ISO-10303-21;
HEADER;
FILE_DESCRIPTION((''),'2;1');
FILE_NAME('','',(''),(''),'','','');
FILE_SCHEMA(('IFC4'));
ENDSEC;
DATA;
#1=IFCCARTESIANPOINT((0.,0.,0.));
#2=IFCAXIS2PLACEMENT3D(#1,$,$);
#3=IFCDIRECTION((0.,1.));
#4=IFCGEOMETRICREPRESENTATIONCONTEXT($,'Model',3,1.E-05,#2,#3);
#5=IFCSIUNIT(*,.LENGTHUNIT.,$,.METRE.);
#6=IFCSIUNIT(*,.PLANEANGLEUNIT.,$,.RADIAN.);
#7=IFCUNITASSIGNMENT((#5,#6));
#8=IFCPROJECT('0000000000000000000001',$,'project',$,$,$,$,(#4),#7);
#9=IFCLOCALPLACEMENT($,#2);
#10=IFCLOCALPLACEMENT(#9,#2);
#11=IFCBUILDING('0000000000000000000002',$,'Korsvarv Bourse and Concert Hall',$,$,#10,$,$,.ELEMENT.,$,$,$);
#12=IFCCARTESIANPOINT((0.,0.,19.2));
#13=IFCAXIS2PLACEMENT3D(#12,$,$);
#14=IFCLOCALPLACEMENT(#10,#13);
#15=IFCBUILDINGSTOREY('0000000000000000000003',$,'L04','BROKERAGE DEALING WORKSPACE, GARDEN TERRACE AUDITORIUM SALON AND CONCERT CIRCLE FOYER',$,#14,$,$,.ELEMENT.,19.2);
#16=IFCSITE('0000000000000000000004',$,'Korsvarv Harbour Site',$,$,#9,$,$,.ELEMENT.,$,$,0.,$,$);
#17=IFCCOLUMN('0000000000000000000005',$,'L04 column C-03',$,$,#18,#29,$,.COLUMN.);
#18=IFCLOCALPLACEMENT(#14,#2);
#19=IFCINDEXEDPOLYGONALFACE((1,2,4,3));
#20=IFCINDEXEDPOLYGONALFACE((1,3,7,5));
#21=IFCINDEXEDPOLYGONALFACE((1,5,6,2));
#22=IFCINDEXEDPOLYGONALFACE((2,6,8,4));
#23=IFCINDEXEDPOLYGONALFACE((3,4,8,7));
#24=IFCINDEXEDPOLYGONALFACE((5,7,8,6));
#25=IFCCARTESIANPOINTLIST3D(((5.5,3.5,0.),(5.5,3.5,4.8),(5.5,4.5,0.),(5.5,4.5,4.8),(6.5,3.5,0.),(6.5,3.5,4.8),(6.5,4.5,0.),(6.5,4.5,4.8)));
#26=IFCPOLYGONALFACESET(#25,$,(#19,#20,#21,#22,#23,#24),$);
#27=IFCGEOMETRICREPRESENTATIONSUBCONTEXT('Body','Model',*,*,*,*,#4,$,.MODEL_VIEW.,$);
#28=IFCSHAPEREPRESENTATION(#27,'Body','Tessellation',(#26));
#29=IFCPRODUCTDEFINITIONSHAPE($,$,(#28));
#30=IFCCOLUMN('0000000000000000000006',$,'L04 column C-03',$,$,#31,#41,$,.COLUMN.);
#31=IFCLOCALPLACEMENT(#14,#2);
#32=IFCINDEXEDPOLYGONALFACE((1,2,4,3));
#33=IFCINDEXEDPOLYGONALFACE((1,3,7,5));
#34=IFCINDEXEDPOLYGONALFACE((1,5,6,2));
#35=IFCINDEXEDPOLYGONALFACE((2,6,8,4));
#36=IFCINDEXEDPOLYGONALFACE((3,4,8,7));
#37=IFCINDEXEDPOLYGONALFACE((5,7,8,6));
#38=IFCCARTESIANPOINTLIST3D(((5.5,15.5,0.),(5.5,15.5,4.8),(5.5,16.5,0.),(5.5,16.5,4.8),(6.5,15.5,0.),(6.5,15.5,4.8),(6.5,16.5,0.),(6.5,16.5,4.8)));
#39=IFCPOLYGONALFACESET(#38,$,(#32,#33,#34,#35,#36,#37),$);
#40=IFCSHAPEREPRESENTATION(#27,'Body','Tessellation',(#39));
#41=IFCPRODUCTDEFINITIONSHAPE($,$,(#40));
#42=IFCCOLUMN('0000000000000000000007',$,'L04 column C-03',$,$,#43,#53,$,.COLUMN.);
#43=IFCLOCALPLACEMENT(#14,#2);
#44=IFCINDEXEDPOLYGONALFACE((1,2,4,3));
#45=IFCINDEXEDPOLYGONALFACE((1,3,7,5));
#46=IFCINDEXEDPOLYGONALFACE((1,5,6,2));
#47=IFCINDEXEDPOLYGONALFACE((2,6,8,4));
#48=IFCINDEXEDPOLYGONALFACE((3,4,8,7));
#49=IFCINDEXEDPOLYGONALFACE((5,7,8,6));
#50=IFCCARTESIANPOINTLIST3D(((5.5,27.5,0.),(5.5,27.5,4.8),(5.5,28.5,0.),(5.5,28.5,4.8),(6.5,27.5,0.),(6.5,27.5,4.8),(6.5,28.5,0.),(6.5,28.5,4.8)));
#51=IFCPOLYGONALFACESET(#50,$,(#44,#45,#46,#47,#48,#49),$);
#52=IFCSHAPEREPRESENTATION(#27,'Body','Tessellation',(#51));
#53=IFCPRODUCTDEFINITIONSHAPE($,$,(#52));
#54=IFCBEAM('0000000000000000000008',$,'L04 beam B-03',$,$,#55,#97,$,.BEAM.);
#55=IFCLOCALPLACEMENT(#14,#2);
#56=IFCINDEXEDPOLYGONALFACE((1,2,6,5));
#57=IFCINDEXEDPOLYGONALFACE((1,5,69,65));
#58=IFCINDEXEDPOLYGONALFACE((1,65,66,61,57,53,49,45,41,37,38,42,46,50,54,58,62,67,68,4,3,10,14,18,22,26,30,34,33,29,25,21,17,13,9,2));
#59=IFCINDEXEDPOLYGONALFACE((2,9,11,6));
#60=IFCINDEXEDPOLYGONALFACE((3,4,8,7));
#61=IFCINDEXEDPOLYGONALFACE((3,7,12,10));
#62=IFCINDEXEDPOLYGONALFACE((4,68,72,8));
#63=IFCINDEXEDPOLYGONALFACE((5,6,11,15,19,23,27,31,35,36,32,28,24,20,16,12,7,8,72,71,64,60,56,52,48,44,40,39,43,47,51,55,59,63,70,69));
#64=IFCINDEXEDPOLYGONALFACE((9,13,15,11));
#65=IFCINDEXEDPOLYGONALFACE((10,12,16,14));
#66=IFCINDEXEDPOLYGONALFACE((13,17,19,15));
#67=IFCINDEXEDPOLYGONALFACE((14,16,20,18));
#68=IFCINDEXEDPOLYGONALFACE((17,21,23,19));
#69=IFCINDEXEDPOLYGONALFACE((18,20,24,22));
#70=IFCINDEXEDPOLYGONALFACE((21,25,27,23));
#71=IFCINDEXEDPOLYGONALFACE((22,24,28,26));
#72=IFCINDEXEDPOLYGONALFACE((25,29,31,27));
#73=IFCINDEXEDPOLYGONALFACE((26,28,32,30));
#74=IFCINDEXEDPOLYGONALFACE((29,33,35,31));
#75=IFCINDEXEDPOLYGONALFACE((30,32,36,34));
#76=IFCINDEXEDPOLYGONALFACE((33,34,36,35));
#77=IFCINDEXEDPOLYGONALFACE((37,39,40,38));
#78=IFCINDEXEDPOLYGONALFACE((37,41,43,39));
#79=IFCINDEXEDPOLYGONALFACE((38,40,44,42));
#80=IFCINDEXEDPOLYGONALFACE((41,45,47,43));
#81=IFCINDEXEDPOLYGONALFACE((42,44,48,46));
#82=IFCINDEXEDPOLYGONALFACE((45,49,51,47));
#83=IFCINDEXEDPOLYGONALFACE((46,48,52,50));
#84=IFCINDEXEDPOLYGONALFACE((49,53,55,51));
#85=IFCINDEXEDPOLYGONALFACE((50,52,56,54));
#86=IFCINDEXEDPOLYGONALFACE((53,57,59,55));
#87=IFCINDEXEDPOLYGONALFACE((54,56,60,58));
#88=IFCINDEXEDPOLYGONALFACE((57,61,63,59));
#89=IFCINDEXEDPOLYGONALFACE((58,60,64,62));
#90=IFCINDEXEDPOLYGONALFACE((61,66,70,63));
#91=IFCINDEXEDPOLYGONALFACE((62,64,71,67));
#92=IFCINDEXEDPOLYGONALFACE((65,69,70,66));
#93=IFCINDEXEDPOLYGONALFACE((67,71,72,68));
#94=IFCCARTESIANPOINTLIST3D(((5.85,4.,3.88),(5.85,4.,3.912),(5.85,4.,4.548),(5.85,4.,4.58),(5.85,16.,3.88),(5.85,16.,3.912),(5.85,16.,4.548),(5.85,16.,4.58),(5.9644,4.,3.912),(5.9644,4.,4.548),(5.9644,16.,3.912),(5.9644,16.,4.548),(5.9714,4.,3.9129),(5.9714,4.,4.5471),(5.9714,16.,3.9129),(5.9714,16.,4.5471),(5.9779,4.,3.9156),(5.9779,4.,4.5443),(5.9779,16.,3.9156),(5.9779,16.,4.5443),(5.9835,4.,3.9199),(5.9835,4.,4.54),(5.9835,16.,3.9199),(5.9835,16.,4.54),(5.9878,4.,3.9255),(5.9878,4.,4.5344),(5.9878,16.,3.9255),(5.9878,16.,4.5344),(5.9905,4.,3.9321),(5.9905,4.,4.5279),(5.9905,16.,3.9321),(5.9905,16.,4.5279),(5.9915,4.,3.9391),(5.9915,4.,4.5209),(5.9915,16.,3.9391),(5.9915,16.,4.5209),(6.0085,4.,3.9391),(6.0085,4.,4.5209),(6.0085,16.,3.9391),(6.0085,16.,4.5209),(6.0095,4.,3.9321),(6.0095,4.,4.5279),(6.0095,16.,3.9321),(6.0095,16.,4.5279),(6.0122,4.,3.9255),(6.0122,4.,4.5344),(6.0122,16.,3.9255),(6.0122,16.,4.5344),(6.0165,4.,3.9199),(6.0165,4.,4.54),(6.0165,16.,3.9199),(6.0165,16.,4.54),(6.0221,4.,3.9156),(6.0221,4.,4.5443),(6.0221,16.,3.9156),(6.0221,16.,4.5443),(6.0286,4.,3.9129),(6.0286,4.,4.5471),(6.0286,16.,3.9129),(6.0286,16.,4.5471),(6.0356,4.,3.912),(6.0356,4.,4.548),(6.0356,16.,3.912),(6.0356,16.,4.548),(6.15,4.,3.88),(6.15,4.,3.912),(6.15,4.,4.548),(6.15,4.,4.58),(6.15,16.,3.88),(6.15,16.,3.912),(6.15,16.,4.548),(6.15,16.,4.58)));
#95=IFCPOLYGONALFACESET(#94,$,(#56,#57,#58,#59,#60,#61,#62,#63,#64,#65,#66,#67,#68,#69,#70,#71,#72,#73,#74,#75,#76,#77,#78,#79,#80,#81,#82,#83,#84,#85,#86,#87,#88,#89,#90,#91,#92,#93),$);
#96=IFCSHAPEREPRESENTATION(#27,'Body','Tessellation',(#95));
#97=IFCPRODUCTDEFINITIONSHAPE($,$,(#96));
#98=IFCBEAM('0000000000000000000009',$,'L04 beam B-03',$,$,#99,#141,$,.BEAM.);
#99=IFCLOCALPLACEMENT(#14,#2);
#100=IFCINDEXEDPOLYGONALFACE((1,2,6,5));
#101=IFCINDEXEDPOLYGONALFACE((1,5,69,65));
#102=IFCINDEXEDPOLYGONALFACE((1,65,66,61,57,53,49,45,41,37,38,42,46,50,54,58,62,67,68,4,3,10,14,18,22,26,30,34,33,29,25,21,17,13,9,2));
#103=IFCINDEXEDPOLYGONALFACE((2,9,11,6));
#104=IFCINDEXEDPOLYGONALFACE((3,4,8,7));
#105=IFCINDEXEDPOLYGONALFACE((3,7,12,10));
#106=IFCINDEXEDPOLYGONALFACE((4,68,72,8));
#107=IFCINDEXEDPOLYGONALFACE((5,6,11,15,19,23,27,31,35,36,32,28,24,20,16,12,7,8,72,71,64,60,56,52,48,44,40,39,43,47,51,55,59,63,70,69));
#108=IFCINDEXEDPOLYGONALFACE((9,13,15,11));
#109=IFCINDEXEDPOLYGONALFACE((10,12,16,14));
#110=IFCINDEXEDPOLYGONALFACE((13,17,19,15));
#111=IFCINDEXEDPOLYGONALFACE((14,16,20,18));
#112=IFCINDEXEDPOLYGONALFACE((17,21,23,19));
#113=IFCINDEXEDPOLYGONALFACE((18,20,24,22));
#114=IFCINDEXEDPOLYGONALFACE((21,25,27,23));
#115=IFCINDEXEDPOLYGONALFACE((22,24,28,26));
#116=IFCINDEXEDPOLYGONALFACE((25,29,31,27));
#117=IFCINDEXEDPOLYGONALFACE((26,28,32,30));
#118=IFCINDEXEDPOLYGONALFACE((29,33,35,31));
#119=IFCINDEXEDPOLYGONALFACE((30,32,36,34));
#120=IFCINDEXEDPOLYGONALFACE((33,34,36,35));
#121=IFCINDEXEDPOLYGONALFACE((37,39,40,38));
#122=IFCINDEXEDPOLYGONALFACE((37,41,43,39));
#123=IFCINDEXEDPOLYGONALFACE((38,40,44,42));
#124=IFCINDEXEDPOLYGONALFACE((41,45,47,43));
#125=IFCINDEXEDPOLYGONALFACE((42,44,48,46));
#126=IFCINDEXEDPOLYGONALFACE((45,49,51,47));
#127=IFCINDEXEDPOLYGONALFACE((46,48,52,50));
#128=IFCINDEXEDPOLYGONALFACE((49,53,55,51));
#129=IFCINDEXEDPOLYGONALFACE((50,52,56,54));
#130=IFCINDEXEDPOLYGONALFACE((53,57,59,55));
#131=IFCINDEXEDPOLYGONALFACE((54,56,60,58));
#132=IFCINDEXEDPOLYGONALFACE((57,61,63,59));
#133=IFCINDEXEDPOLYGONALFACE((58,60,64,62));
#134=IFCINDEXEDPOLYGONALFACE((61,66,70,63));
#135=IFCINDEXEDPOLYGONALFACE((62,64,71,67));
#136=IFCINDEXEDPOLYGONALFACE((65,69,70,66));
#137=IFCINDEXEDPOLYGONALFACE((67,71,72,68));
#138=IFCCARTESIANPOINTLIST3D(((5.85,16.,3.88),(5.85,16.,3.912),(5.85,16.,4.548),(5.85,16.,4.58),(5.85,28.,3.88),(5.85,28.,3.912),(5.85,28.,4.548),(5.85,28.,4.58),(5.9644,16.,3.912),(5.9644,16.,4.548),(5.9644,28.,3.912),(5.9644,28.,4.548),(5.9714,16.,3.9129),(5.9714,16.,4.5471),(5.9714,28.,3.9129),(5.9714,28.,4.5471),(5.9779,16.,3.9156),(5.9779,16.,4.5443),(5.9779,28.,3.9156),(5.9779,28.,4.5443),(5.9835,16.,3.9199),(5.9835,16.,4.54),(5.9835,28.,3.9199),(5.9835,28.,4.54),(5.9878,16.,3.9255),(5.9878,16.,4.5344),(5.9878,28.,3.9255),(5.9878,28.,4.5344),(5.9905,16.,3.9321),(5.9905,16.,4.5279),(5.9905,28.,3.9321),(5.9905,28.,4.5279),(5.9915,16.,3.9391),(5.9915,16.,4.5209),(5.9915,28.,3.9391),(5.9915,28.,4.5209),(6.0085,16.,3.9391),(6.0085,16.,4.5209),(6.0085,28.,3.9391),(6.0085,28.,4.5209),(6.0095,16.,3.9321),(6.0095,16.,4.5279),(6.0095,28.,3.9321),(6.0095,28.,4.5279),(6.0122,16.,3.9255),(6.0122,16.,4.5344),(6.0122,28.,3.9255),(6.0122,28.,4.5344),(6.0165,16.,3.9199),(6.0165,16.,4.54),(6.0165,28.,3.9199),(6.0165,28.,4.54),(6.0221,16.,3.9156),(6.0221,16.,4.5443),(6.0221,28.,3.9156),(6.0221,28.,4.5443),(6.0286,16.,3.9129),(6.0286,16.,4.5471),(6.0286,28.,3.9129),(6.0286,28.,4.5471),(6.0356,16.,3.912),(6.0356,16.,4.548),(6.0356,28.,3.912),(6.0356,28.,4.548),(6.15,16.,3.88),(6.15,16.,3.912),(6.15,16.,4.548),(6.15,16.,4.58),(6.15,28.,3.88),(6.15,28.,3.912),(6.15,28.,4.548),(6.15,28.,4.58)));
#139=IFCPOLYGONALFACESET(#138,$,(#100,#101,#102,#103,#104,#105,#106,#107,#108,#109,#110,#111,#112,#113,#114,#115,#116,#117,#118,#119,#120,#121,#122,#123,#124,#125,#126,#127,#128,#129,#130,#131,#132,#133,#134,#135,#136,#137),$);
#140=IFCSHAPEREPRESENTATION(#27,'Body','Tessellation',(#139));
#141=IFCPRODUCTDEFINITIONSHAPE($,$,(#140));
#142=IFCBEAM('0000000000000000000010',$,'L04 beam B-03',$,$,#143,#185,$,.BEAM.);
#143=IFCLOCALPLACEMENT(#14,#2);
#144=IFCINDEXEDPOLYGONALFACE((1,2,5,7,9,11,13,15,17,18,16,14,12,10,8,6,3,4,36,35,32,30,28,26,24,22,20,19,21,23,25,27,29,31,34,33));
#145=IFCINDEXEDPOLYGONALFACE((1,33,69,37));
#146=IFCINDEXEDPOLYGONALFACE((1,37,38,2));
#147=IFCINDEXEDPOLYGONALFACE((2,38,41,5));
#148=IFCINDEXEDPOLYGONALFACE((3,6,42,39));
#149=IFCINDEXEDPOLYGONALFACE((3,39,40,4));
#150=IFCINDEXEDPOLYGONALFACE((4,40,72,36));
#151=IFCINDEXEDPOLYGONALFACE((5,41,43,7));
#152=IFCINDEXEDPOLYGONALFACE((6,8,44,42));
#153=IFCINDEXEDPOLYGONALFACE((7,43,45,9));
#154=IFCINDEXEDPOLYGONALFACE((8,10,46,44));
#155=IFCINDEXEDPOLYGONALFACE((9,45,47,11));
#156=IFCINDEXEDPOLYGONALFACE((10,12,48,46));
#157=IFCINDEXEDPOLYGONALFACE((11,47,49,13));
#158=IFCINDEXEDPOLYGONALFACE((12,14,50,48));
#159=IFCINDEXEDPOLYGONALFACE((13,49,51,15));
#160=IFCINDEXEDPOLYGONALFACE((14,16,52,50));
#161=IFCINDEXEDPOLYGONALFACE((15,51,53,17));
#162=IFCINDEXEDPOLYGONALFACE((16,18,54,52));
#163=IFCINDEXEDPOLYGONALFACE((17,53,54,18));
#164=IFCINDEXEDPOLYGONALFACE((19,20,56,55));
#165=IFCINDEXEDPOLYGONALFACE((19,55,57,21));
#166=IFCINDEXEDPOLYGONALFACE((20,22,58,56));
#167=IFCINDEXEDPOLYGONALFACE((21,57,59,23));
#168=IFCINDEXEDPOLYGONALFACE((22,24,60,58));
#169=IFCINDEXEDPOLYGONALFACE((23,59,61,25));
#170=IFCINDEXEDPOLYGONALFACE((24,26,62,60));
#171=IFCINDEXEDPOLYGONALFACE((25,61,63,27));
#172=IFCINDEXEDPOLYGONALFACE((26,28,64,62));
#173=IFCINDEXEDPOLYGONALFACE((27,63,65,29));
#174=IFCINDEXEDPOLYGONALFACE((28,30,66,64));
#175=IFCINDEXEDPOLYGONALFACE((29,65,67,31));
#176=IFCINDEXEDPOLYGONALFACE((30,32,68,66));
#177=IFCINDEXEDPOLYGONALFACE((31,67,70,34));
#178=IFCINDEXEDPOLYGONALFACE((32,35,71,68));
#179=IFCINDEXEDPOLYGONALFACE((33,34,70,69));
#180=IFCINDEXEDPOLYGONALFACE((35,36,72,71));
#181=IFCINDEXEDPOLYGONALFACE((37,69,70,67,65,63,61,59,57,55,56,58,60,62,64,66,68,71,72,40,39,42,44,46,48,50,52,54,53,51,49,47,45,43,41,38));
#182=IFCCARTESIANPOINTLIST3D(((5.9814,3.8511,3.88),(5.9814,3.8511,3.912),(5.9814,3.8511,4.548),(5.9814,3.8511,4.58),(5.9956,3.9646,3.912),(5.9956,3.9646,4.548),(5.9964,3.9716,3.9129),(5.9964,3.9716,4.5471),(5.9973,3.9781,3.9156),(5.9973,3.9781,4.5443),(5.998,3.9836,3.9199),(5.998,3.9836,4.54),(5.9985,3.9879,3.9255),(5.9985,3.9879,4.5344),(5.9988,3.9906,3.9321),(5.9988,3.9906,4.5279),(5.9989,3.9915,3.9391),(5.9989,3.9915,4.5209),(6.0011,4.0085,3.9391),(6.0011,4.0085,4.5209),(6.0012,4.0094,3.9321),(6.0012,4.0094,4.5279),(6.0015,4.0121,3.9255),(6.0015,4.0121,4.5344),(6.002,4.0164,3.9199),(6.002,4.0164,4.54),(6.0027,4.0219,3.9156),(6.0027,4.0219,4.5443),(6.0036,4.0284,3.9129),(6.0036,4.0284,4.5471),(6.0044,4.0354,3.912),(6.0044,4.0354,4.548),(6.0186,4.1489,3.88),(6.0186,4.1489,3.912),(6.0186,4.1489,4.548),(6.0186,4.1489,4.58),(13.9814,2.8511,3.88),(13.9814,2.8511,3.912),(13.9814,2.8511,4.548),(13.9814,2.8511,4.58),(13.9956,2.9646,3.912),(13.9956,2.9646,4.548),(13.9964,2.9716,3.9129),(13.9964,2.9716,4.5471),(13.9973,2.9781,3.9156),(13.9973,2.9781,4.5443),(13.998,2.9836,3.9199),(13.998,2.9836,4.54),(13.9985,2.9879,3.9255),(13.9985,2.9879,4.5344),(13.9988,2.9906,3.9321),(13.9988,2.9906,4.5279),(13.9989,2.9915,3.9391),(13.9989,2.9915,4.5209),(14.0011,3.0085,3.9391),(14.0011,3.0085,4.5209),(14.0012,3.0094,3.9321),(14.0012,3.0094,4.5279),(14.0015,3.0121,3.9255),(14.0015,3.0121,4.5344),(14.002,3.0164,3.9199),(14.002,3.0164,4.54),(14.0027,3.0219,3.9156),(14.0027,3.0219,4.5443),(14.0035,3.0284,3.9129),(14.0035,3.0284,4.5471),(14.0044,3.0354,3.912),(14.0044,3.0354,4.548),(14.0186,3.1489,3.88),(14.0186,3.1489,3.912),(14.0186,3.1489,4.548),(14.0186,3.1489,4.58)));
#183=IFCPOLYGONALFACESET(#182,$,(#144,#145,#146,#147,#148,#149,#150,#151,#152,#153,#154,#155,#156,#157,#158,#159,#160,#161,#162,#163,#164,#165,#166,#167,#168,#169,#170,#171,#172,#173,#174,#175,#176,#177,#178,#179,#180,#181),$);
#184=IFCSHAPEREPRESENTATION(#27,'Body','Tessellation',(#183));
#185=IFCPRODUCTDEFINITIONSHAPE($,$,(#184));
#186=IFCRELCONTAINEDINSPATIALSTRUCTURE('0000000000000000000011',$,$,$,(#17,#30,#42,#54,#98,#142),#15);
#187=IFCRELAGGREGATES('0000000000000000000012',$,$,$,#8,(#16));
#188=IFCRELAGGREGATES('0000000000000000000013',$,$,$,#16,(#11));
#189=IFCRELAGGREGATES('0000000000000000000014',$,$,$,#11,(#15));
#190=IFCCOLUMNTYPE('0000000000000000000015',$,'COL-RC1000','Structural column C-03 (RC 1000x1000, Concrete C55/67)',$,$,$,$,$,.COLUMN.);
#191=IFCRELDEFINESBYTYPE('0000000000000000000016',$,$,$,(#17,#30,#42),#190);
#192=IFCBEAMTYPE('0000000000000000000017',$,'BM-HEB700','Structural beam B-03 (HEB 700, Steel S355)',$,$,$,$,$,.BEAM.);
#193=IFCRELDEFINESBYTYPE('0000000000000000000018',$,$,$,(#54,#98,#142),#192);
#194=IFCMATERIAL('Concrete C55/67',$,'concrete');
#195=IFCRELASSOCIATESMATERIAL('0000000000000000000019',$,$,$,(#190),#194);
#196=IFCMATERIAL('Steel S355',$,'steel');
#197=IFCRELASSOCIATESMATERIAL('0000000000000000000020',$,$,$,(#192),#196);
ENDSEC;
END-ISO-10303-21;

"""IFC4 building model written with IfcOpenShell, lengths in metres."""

from ifc_helpers import new_model, si_unit, direction, frame, origin, origin_2d, place, context, subcontext, project, spatial, rectangle, i_section, extrude, source, transform, mapped, material, material_profile, profile_set, type_object, element, save


model = new_model("IFC4")

# Units and contexts
model_context = context("Model", 3, precision=1e-05, world=origin(), true_north=direction((0.0, 1.0)))
body_context = subcontext(model_context, "Body", "Model", "MODEL_VIEW")
ifc_project = project(units=[si_unit("LENGTHUNIT", "METRE"), si_unit("PLANEANGLEUNIT", "RADIAN")], contexts=[model_context])

# Site, building, storey
site_placement = place(None, origin())
site = spatial("IfcSite", under=ifc_project, at=site_placement, Name="Korsvarv Harbour Site", CompositionType="ELEMENT", RefElevation=0.0)
building_placement = place(site_placement, origin())
building = spatial("IfcBuilding", under=site, at=building_placement, Name="Korsvarv Bourse and Concert Hall", CompositionType="ELEMENT")
storey_placement = place(building_placement, frame((0.0, 0.0, 19.2)))
storey = spatial("IfcBuildingStorey", under=building, at=storey_placement, Name="L04", Description="BROKERAGE DEALING WORKSPACE, GARDEN TERRACE AUDITORIUM SALON AND CONCERT CIRCLE FOYER", CompositionType="ELEMENT", Elevation=19.2)

# Columns
ifc_material_1 = material(Name="Concrete C55/67", Category="concrete")
ifc_material_profile_1 = material_profile(ifc_material_1, rectangle(XDim=1.0, YDim=1.0, at=origin_2d()), Name="RC 1000x1000")
ifc_profile_set_1 = profile_set([ifc_material_profile_1], Name="Concrete C55/67")
column_type = type_object("IfcColumnType", Name="COL-RC1000", Description="Structural column C-03 (RC 1000x1000, Concrete C55/67)", PredefinedType="COLUMN", material=ifc_profile_set_1)
shared_shape_1 = source(origin(), body_context, "Body", "SweptSolid", [
    extrude(rectangle(XDim=1.0, YDim=1.0, at=origin_2d()), origin(), (0.0, 0.0, 1.0), 4.8),
])
for number, where, z_axis, x_axis, name in (
    (1, (6.0, 4.0, 0.0), (0.0, 0.0, 1.0), (1.0, 0.0, 0.0), "L04 column C-03"),
    (2, (6.0, 16.0, 0.0), (0.0, 0.0, 1.0), (1.0, 0.0, 0.0), "L04 column C-03"),
    (3, (6.0, 28.0, 0.0), (0.0, 0.0, 1.0), (1.0, 0.0, 0.0), "L04 column C-03"),
):
    element("IfcColumn", number, at=place(storey_placement, frame(where, z_axis=z_axis, x_axis=x_axis)), inside=storey, type_object=column_type, Name=name, PredefinedType="COLUMN", context=body_context, shape_type="MappedRepresentation", body=[
        mapped(shared_shape_1, transform((0.0, 0.0, 0.0), scale=1.0)),
    ])

# Beams
ifc_material_2 = material(Name="Steel S355", Category="steel")
ifc_material_profile_2 = material_profile(ifc_material_2, i_section(OverallWidth=0.3, OverallDepth=0.7, WebThickness=0.0171, FlangeThickness=0.032, FilletRadius=0.0271, at=origin_2d()), Name="HEB 700")
ifc_profile_set_2 = profile_set([ifc_material_profile_2], Name="Steel S355")
beam_type = type_object("IfcBeamType", Name="BM-HEB700", Description="Structural beam B-03 (HEB 700, Steel S355)", PredefinedType="BEAM", material=ifc_profile_set_2)
shared_shape_2 = source(origin(), body_context, "Body", "SweptSolid", [
    extrude(i_section(OverallWidth=0.3, OverallDepth=0.7, WebThickness=0.0171, FlangeThickness=0.032, FilletRadius=0.0271, at=origin_2d()), origin(), (0.0, 0.0, 1.0), 12.0),
])
for number, where, z_axis, x_axis, name in (
    (4, (6.0, 4.0, 4.23), (0.0, 1.0, 0.0), (-1.0, 0.0, 0.0), "L04 beam B-03"),
    (5, (6.0, 16.0, 4.23), (0.0, 1.0, 0.0), (-1.0, 0.0, 0.0), "L04 beam B-03"),
):
    element("IfcBeam", number, at=place(storey_placement, frame(where, z_axis=z_axis, x_axis=x_axis)), inside=storey, type_object=beam_type, Name=name, PredefinedType="BEAM", context=body_context, shape_type="MappedRepresentation", body=[
        mapped(shared_shape_2, transform((0.0, 0.0, 0.0), scale=1.0)),
    ])
shared_shape_3 = source(origin(), body_context, "Body", "SweptSolid", [
    extrude(i_section(OverallWidth=0.3, OverallDepth=0.7, WebThickness=0.0171, FlangeThickness=0.032, FilletRadius=0.0271, at=origin_2d()), origin(), (0.0, 0.0, 1.0), 8.0623),
])
beam_placement = place(storey_placement, frame((6.0, 4.0, 4.23), z_axis=(0.992278, -0.124035, 0.0), x_axis=(0.124035, 0.992278, 0.0)))
element("IfcBeam", 6, at=beam_placement, inside=storey, type_object=beam_type, Name="L04 beam B-03", PredefinedType="BEAM", context=body_context, shape_type="MappedRepresentation", body=[
    mapped(shared_shape_3, transform((0.0, 0.0, 0.0), scale=1.0)),
])

save(model, "model.ifc")
